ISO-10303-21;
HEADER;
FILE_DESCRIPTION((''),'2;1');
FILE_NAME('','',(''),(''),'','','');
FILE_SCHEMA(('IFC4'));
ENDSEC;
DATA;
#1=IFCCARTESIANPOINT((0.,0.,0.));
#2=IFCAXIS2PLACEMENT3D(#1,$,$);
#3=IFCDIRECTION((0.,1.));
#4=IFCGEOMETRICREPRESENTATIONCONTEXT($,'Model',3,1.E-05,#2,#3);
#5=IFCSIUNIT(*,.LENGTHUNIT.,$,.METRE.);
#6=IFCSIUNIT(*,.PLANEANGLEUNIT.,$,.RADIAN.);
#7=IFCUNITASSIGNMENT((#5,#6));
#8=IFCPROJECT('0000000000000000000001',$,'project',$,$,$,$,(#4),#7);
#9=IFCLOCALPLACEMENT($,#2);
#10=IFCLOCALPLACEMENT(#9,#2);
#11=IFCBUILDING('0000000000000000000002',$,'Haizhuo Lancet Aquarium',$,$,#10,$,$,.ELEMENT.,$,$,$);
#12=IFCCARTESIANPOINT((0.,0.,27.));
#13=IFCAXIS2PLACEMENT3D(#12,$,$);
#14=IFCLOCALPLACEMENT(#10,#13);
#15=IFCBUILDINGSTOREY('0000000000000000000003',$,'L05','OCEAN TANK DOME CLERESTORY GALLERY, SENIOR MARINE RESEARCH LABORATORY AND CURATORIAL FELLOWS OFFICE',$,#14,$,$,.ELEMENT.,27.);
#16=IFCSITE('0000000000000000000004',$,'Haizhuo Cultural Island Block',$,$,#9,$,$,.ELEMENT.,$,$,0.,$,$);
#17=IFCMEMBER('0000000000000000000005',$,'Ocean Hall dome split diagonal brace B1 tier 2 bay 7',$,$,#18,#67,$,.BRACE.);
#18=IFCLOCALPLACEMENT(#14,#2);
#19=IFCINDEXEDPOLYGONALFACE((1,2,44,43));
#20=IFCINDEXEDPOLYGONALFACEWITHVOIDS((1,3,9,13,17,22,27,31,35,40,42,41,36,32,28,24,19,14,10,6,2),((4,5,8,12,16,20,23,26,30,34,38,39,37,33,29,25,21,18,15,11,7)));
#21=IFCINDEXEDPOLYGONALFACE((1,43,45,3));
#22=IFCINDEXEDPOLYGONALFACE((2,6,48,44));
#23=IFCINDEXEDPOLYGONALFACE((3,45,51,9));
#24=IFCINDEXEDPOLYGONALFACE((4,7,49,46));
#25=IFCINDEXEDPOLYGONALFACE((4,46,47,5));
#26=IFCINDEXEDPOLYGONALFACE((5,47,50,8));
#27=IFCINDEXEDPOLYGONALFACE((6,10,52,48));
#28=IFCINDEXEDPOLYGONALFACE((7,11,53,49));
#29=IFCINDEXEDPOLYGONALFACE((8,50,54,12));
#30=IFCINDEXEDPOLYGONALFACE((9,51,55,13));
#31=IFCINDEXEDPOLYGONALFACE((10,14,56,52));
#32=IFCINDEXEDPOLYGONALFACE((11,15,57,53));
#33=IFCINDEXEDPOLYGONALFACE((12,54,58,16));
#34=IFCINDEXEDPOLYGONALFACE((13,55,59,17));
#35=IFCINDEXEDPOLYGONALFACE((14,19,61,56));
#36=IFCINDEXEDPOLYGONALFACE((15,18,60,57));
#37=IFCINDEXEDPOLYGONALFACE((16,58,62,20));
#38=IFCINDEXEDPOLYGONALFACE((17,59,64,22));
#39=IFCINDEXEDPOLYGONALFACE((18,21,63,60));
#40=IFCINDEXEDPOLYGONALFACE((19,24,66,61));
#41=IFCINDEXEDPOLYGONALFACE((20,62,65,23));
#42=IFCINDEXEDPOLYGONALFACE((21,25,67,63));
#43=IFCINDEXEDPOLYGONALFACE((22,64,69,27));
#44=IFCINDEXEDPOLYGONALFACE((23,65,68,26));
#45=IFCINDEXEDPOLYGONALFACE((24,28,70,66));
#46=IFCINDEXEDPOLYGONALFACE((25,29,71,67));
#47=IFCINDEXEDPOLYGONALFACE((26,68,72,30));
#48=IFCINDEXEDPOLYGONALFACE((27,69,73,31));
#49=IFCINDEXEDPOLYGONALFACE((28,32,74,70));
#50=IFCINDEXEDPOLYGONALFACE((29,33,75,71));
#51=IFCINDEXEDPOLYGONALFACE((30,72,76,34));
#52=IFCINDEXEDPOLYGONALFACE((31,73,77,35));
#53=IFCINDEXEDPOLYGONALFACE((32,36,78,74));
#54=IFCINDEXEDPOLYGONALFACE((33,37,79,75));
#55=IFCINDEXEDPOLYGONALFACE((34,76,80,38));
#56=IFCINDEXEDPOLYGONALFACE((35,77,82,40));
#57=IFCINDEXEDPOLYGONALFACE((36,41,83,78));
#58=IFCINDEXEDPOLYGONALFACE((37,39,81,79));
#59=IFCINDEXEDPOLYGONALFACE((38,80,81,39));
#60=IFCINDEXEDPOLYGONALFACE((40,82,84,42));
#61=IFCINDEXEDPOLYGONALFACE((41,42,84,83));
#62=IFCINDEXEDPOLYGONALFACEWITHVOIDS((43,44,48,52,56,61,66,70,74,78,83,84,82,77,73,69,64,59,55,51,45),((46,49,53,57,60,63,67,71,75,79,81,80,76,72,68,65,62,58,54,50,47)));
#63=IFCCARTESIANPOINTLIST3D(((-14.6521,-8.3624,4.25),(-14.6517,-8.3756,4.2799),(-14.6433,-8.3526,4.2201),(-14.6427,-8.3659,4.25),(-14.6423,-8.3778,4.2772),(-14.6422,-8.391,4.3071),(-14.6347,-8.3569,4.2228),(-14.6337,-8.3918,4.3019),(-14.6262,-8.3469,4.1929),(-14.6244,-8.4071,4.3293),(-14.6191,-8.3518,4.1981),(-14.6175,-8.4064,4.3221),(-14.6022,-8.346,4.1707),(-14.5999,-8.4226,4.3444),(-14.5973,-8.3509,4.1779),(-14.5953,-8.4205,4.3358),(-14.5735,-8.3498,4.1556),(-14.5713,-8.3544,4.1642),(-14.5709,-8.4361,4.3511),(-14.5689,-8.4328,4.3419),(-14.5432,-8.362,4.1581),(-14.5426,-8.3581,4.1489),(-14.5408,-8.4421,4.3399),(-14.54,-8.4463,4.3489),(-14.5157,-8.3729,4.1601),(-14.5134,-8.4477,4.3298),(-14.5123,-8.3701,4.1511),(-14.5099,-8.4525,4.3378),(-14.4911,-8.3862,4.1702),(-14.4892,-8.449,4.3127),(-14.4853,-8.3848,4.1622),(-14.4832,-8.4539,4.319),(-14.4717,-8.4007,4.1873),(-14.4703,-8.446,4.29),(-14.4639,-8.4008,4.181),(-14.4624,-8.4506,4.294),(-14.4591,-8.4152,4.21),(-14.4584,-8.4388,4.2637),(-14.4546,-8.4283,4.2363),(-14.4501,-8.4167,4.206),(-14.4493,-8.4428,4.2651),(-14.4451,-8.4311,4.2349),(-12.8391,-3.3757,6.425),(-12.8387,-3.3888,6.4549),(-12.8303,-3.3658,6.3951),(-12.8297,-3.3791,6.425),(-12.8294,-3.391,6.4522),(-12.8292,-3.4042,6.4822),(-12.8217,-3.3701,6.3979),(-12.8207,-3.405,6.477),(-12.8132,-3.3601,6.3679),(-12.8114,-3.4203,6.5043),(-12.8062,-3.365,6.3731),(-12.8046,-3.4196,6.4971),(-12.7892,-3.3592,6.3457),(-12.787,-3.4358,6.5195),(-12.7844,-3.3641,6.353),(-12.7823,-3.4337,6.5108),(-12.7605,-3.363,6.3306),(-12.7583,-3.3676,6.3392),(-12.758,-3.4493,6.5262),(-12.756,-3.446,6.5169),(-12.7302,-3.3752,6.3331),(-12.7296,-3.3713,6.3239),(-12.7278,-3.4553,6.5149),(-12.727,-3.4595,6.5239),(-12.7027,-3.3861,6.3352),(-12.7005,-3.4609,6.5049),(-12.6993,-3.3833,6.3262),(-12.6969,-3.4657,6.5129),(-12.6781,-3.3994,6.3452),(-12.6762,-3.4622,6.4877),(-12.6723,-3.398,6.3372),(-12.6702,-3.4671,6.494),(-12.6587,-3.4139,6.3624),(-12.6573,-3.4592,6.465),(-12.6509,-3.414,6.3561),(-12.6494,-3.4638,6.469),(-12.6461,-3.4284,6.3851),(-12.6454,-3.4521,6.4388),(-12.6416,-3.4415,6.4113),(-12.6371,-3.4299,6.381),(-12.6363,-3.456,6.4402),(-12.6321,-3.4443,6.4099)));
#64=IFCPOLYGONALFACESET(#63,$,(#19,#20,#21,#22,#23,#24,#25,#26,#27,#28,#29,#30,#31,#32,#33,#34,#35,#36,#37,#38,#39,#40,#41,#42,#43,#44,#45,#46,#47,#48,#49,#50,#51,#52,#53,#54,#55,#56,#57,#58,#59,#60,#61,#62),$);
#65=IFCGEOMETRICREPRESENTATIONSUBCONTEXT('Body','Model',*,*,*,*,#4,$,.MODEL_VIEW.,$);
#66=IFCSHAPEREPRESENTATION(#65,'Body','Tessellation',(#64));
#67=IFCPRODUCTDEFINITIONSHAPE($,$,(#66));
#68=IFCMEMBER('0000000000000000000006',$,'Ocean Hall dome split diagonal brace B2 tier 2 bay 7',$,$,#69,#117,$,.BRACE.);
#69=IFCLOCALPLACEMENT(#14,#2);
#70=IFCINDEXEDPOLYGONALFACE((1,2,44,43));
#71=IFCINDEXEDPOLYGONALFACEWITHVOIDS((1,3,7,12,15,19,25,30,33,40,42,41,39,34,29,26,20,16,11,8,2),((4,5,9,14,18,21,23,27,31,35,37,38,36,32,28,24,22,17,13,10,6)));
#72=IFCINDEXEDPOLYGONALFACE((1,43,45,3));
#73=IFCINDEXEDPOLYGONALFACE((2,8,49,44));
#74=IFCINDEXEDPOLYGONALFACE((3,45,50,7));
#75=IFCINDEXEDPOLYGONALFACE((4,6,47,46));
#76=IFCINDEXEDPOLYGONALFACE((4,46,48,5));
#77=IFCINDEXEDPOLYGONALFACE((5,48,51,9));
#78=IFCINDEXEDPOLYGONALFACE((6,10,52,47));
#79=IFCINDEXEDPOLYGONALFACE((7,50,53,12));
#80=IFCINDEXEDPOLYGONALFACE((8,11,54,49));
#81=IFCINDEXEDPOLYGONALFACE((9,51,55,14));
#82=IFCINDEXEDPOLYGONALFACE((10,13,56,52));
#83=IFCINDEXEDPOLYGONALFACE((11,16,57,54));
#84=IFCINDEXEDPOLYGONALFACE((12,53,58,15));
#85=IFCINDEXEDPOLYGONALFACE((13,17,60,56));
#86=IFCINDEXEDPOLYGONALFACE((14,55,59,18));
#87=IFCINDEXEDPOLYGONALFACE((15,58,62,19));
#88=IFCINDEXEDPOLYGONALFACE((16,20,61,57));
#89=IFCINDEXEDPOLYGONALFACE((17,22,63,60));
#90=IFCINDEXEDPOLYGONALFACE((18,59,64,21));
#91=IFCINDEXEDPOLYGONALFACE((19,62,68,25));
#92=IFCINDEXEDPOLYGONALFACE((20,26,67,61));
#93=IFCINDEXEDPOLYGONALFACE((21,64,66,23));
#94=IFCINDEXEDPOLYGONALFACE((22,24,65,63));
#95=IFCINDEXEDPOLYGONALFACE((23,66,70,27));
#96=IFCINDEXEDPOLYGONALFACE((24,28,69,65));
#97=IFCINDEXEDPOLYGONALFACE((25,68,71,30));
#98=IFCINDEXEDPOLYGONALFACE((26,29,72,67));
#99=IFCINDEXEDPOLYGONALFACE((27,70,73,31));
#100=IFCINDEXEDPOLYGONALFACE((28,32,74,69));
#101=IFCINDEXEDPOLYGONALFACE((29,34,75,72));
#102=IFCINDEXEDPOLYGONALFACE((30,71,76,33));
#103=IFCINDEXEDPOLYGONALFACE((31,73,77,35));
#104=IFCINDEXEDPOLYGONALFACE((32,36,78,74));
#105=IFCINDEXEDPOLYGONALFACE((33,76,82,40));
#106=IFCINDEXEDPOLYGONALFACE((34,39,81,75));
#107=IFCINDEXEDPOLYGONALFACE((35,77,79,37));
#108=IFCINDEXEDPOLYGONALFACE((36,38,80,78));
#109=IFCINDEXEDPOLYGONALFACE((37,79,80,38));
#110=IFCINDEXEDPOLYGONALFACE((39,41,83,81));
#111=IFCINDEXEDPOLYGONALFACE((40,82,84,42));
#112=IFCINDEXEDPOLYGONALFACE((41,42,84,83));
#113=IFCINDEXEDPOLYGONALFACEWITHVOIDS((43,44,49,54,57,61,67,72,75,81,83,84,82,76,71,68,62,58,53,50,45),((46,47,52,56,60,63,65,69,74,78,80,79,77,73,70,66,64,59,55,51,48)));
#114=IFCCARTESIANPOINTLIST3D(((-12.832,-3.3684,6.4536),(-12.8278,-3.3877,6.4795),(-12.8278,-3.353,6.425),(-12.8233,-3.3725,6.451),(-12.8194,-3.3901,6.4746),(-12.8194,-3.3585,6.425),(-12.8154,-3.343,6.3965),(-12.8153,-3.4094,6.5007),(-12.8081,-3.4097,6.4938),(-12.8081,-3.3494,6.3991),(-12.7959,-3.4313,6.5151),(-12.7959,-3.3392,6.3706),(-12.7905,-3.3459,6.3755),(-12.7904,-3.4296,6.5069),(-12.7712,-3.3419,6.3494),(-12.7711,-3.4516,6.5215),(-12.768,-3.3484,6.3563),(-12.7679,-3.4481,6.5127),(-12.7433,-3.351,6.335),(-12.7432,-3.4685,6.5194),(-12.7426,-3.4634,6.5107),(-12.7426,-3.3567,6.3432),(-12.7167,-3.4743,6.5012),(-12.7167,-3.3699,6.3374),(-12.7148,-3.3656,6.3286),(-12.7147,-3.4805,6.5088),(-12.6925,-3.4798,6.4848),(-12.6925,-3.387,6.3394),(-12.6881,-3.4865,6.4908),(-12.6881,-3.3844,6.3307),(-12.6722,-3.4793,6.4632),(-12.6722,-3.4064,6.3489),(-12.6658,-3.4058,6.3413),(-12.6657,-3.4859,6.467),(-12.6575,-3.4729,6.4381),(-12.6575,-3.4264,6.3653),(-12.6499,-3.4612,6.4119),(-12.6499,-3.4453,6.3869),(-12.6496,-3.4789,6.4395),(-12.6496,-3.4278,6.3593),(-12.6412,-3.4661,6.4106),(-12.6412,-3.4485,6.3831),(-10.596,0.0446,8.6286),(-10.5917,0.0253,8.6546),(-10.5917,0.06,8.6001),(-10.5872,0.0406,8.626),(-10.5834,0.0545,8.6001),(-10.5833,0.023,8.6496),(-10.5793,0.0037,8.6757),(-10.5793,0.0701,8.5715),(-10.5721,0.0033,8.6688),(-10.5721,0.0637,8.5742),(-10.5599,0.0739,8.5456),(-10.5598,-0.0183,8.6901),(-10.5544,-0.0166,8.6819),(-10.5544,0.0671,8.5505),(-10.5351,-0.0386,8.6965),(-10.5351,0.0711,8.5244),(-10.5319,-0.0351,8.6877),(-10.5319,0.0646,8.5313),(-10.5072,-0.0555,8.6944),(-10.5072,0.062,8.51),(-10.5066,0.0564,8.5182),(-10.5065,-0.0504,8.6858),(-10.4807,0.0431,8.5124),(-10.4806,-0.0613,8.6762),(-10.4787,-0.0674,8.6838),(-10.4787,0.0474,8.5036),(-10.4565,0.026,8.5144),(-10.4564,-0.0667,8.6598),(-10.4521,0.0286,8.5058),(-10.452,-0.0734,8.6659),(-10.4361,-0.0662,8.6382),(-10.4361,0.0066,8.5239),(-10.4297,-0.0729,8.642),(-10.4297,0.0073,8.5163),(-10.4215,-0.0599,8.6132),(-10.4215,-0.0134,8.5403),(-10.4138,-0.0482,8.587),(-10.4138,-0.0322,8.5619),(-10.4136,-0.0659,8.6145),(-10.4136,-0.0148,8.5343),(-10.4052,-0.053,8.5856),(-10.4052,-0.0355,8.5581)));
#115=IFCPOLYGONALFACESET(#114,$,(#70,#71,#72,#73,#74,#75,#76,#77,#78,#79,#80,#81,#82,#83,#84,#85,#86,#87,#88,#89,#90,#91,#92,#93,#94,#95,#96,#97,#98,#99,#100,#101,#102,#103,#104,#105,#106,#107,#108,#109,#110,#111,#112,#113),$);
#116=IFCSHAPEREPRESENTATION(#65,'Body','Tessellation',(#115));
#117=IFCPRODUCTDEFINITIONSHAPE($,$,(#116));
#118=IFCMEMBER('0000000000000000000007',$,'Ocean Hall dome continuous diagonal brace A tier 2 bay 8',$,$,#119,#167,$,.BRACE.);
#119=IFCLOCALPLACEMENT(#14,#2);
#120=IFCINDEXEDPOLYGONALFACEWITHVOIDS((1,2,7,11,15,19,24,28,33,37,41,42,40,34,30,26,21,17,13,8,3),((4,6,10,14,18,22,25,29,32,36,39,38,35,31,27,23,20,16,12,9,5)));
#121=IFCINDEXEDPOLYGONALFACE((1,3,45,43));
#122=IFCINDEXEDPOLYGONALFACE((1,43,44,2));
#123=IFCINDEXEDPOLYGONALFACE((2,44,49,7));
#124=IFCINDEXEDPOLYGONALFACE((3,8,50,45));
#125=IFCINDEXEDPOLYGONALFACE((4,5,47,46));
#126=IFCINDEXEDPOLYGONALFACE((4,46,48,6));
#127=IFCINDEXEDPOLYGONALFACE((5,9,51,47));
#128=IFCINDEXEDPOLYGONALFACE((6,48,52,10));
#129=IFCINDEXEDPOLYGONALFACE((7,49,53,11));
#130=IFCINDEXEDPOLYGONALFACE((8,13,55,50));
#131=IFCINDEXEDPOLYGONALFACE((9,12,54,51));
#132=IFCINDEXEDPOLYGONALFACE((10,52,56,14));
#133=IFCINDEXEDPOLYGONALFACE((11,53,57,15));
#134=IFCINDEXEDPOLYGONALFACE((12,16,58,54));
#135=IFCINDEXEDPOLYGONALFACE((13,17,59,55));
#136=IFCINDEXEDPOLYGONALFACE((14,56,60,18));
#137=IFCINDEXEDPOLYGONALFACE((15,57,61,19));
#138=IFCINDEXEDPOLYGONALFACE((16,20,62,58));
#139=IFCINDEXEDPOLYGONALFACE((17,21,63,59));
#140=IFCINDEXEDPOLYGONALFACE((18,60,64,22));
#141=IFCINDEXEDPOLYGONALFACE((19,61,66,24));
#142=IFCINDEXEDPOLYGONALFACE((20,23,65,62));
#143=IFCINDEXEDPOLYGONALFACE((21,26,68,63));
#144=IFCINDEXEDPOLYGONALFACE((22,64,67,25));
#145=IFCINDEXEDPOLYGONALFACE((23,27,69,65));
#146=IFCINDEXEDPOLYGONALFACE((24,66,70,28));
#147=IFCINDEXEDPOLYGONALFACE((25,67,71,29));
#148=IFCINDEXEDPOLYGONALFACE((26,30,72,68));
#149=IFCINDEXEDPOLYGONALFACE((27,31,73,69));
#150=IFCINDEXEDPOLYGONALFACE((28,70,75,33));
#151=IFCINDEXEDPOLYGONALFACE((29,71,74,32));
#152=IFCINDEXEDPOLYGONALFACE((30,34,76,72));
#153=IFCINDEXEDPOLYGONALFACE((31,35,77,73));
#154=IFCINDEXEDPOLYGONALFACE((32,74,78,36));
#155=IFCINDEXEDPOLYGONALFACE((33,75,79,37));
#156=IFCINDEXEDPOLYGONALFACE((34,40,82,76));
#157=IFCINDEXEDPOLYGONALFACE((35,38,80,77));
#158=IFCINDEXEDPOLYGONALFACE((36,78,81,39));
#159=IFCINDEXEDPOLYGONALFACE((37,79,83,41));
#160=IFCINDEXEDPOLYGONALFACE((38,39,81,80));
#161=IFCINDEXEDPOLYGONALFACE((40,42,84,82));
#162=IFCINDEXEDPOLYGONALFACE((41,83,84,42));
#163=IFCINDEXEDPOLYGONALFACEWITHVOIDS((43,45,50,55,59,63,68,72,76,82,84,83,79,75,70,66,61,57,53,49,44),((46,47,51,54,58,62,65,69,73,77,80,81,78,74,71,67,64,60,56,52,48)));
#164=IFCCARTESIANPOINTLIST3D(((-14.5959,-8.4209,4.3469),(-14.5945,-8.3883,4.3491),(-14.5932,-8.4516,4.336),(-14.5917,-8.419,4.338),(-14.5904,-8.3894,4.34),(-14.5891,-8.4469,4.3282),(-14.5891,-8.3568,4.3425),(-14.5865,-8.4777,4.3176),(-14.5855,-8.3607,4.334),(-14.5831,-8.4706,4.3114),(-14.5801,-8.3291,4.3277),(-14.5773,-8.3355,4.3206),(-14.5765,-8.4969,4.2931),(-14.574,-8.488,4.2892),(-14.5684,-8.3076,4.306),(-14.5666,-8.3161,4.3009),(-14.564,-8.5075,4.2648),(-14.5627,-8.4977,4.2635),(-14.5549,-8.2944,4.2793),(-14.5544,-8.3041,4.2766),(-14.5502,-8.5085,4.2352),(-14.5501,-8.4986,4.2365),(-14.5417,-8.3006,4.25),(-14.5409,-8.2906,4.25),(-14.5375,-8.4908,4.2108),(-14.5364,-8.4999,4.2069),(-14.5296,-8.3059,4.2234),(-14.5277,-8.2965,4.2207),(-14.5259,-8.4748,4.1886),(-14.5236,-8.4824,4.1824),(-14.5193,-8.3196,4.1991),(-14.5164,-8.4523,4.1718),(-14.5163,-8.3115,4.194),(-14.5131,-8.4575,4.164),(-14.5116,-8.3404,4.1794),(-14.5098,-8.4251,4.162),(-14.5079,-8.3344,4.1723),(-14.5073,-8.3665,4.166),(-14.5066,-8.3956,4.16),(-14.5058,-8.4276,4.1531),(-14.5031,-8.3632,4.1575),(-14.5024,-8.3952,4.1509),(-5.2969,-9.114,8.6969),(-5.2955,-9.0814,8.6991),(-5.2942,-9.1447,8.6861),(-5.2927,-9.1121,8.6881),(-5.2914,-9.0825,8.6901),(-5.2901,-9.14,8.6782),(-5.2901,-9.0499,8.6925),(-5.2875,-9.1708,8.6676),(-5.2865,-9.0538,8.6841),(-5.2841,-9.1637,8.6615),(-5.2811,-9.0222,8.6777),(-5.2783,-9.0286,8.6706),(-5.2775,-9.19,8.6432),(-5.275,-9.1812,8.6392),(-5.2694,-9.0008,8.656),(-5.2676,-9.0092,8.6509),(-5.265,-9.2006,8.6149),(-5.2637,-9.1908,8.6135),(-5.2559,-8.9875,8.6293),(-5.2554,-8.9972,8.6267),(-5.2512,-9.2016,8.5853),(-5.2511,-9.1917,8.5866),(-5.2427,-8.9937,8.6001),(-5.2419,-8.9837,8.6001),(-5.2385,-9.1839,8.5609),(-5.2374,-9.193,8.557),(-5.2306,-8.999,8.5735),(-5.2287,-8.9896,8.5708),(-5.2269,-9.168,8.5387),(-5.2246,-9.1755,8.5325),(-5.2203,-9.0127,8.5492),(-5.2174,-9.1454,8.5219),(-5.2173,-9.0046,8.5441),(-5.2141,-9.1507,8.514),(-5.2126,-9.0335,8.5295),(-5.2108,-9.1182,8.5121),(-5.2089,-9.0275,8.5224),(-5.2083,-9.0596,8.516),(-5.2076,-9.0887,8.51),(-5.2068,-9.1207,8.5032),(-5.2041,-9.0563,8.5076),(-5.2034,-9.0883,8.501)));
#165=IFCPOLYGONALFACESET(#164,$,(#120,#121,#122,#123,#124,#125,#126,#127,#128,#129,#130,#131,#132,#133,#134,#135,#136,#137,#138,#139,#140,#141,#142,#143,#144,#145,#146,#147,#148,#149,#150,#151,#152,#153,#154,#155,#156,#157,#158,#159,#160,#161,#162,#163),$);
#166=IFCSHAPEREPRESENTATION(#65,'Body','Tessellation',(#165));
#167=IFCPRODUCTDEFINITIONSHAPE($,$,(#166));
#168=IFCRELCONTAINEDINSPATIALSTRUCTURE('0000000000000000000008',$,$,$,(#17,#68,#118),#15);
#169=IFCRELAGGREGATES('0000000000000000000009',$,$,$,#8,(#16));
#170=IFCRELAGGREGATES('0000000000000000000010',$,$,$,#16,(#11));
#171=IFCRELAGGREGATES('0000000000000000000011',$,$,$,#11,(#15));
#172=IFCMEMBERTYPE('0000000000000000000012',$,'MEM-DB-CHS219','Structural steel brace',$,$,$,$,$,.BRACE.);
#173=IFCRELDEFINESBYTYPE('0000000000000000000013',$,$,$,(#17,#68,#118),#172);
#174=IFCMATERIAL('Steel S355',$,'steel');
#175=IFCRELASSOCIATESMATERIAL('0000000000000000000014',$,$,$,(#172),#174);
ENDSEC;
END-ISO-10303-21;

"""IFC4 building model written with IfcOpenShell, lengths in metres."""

from ifc_helpers import new_model, si_unit, direction, frame, origin, origin_2d, place, context, subcontext, project, spatial, hollow_circle, extrude, material, material_profile, profile_set, type_object, element, save


model = new_model("IFC4")

# Units and contexts
model_context = context("Model", 3, precision=1e-05, world=origin(), true_north=direction((0.0, 1.0)))
body_context = subcontext(model_context, "Body", "Model", "MODEL_VIEW")
ifc_project = project(units=[si_unit("LENGTHUNIT", "METRE"), si_unit("PLANEANGLEUNIT", "RADIAN")], contexts=[model_context])

# Site, building, storey
site_placement = place(None, origin())
site = spatial("IfcSite", under=ifc_project, at=site_placement, Name="Haizhuo Cultural Island Block", CompositionType="ELEMENT", RefElevation=0.0)
building_placement = place(site_placement, origin())
building = spatial("IfcBuilding", under=site, at=building_placement, Name="Haizhuo Lancet Aquarium", CompositionType="ELEMENT")
storey_placement = place(building_placement, frame((0.0, 0.0, 27.0)))
storey = spatial("IfcBuildingStorey", under=building, at=storey_placement, Name="L05", Description="OCEAN TANK DOME CLERESTORY GALLERY, SENIOR MARINE RESEARCH LABORATORY AND CURATORIAL FELLOWS OFFICE", CompositionType="ELEMENT", Elevation=27.0)

# Members
ifc_material_1 = material(Name="Steel S355", Category="steel")
ifc_material_profile_1 = material_profile(ifc_material_1, hollow_circle(Radius=0.1096, WallThickness=0.01, at=origin_2d()), Name="CHS 219x10")
ifc_profile_set_1 = profile_set([ifc_material_profile_1], Name="Steel S355")
member_type_1 = type_object("IfcMemberType", Name="MEM-DB-CHS219", Description="Structural steel brace", PredefinedType="BRACE", material=ifc_profile_set_1)
member_1_placement = place(storey_placement, frame((-14.5491, -8.3999, 4.25), z_axis=(0.316147, 0.869595, 0.379283), x_axis=(-0.939818, 0.341677, 0.0)))
element("IfcMember", 1, at=member_1_placement, inside=storey, type_object=member_type_1, Name="Ocean Hall dome split diagonal brace B1 tier 2 bay 7", PredefinedType="BRACE", context=body_context, shape_type="SweptSolid", body=[
    extrude(hollow_circle(Radius=0.1096, WallThickness=0.01, at=origin_2d()), origin(), (0.0, 0.0, 1.0), 5.7346),
])
member_2_placement = place(storey_placement, frame((-12.7361, -3.4131, 6.425), z_axis=(0.483597, 0.738147, 0.470397), x_axis=(-0.83647, 0.548013, 0.0)))
element("IfcMember", 2, at=member_2_placement, inside=storey, type_object=member_type_1, Name="Ocean Hall dome split diagonal brace B2 tier 2 bay 7", PredefinedType="BRACE", context=body_context, shape_type="SweptSolid", body=[
    extrude(hollow_circle(Radius=0.1096, WallThickness=0.01, at=origin_2d()), origin(), (0.0, 0.0, 1.0), 4.6238),
])
member_3_placement = place(storey_placement, frame((-14.5491, -8.3999, 4.25), z_axis=(0.903732, -0.067361, 0.422765), x_axis=(0.07433, 0.997234, 0.0)))
element("IfcMember", 3, at=member_3_placement, inside=storey, type_object=member_type_1, Name="Ocean Hall dome continuous diagonal brace A tier 2 bay 8", PredefinedType="BRACE", context=body_context, shape_type="SweptSolid", body=[
    extrude(hollow_circle(Radius=0.1096, WallThickness=0.01, at=origin_2d()), origin(), (0.0, 0.0, 1.0), 10.2896),
])

save(model, "model.ifc")
